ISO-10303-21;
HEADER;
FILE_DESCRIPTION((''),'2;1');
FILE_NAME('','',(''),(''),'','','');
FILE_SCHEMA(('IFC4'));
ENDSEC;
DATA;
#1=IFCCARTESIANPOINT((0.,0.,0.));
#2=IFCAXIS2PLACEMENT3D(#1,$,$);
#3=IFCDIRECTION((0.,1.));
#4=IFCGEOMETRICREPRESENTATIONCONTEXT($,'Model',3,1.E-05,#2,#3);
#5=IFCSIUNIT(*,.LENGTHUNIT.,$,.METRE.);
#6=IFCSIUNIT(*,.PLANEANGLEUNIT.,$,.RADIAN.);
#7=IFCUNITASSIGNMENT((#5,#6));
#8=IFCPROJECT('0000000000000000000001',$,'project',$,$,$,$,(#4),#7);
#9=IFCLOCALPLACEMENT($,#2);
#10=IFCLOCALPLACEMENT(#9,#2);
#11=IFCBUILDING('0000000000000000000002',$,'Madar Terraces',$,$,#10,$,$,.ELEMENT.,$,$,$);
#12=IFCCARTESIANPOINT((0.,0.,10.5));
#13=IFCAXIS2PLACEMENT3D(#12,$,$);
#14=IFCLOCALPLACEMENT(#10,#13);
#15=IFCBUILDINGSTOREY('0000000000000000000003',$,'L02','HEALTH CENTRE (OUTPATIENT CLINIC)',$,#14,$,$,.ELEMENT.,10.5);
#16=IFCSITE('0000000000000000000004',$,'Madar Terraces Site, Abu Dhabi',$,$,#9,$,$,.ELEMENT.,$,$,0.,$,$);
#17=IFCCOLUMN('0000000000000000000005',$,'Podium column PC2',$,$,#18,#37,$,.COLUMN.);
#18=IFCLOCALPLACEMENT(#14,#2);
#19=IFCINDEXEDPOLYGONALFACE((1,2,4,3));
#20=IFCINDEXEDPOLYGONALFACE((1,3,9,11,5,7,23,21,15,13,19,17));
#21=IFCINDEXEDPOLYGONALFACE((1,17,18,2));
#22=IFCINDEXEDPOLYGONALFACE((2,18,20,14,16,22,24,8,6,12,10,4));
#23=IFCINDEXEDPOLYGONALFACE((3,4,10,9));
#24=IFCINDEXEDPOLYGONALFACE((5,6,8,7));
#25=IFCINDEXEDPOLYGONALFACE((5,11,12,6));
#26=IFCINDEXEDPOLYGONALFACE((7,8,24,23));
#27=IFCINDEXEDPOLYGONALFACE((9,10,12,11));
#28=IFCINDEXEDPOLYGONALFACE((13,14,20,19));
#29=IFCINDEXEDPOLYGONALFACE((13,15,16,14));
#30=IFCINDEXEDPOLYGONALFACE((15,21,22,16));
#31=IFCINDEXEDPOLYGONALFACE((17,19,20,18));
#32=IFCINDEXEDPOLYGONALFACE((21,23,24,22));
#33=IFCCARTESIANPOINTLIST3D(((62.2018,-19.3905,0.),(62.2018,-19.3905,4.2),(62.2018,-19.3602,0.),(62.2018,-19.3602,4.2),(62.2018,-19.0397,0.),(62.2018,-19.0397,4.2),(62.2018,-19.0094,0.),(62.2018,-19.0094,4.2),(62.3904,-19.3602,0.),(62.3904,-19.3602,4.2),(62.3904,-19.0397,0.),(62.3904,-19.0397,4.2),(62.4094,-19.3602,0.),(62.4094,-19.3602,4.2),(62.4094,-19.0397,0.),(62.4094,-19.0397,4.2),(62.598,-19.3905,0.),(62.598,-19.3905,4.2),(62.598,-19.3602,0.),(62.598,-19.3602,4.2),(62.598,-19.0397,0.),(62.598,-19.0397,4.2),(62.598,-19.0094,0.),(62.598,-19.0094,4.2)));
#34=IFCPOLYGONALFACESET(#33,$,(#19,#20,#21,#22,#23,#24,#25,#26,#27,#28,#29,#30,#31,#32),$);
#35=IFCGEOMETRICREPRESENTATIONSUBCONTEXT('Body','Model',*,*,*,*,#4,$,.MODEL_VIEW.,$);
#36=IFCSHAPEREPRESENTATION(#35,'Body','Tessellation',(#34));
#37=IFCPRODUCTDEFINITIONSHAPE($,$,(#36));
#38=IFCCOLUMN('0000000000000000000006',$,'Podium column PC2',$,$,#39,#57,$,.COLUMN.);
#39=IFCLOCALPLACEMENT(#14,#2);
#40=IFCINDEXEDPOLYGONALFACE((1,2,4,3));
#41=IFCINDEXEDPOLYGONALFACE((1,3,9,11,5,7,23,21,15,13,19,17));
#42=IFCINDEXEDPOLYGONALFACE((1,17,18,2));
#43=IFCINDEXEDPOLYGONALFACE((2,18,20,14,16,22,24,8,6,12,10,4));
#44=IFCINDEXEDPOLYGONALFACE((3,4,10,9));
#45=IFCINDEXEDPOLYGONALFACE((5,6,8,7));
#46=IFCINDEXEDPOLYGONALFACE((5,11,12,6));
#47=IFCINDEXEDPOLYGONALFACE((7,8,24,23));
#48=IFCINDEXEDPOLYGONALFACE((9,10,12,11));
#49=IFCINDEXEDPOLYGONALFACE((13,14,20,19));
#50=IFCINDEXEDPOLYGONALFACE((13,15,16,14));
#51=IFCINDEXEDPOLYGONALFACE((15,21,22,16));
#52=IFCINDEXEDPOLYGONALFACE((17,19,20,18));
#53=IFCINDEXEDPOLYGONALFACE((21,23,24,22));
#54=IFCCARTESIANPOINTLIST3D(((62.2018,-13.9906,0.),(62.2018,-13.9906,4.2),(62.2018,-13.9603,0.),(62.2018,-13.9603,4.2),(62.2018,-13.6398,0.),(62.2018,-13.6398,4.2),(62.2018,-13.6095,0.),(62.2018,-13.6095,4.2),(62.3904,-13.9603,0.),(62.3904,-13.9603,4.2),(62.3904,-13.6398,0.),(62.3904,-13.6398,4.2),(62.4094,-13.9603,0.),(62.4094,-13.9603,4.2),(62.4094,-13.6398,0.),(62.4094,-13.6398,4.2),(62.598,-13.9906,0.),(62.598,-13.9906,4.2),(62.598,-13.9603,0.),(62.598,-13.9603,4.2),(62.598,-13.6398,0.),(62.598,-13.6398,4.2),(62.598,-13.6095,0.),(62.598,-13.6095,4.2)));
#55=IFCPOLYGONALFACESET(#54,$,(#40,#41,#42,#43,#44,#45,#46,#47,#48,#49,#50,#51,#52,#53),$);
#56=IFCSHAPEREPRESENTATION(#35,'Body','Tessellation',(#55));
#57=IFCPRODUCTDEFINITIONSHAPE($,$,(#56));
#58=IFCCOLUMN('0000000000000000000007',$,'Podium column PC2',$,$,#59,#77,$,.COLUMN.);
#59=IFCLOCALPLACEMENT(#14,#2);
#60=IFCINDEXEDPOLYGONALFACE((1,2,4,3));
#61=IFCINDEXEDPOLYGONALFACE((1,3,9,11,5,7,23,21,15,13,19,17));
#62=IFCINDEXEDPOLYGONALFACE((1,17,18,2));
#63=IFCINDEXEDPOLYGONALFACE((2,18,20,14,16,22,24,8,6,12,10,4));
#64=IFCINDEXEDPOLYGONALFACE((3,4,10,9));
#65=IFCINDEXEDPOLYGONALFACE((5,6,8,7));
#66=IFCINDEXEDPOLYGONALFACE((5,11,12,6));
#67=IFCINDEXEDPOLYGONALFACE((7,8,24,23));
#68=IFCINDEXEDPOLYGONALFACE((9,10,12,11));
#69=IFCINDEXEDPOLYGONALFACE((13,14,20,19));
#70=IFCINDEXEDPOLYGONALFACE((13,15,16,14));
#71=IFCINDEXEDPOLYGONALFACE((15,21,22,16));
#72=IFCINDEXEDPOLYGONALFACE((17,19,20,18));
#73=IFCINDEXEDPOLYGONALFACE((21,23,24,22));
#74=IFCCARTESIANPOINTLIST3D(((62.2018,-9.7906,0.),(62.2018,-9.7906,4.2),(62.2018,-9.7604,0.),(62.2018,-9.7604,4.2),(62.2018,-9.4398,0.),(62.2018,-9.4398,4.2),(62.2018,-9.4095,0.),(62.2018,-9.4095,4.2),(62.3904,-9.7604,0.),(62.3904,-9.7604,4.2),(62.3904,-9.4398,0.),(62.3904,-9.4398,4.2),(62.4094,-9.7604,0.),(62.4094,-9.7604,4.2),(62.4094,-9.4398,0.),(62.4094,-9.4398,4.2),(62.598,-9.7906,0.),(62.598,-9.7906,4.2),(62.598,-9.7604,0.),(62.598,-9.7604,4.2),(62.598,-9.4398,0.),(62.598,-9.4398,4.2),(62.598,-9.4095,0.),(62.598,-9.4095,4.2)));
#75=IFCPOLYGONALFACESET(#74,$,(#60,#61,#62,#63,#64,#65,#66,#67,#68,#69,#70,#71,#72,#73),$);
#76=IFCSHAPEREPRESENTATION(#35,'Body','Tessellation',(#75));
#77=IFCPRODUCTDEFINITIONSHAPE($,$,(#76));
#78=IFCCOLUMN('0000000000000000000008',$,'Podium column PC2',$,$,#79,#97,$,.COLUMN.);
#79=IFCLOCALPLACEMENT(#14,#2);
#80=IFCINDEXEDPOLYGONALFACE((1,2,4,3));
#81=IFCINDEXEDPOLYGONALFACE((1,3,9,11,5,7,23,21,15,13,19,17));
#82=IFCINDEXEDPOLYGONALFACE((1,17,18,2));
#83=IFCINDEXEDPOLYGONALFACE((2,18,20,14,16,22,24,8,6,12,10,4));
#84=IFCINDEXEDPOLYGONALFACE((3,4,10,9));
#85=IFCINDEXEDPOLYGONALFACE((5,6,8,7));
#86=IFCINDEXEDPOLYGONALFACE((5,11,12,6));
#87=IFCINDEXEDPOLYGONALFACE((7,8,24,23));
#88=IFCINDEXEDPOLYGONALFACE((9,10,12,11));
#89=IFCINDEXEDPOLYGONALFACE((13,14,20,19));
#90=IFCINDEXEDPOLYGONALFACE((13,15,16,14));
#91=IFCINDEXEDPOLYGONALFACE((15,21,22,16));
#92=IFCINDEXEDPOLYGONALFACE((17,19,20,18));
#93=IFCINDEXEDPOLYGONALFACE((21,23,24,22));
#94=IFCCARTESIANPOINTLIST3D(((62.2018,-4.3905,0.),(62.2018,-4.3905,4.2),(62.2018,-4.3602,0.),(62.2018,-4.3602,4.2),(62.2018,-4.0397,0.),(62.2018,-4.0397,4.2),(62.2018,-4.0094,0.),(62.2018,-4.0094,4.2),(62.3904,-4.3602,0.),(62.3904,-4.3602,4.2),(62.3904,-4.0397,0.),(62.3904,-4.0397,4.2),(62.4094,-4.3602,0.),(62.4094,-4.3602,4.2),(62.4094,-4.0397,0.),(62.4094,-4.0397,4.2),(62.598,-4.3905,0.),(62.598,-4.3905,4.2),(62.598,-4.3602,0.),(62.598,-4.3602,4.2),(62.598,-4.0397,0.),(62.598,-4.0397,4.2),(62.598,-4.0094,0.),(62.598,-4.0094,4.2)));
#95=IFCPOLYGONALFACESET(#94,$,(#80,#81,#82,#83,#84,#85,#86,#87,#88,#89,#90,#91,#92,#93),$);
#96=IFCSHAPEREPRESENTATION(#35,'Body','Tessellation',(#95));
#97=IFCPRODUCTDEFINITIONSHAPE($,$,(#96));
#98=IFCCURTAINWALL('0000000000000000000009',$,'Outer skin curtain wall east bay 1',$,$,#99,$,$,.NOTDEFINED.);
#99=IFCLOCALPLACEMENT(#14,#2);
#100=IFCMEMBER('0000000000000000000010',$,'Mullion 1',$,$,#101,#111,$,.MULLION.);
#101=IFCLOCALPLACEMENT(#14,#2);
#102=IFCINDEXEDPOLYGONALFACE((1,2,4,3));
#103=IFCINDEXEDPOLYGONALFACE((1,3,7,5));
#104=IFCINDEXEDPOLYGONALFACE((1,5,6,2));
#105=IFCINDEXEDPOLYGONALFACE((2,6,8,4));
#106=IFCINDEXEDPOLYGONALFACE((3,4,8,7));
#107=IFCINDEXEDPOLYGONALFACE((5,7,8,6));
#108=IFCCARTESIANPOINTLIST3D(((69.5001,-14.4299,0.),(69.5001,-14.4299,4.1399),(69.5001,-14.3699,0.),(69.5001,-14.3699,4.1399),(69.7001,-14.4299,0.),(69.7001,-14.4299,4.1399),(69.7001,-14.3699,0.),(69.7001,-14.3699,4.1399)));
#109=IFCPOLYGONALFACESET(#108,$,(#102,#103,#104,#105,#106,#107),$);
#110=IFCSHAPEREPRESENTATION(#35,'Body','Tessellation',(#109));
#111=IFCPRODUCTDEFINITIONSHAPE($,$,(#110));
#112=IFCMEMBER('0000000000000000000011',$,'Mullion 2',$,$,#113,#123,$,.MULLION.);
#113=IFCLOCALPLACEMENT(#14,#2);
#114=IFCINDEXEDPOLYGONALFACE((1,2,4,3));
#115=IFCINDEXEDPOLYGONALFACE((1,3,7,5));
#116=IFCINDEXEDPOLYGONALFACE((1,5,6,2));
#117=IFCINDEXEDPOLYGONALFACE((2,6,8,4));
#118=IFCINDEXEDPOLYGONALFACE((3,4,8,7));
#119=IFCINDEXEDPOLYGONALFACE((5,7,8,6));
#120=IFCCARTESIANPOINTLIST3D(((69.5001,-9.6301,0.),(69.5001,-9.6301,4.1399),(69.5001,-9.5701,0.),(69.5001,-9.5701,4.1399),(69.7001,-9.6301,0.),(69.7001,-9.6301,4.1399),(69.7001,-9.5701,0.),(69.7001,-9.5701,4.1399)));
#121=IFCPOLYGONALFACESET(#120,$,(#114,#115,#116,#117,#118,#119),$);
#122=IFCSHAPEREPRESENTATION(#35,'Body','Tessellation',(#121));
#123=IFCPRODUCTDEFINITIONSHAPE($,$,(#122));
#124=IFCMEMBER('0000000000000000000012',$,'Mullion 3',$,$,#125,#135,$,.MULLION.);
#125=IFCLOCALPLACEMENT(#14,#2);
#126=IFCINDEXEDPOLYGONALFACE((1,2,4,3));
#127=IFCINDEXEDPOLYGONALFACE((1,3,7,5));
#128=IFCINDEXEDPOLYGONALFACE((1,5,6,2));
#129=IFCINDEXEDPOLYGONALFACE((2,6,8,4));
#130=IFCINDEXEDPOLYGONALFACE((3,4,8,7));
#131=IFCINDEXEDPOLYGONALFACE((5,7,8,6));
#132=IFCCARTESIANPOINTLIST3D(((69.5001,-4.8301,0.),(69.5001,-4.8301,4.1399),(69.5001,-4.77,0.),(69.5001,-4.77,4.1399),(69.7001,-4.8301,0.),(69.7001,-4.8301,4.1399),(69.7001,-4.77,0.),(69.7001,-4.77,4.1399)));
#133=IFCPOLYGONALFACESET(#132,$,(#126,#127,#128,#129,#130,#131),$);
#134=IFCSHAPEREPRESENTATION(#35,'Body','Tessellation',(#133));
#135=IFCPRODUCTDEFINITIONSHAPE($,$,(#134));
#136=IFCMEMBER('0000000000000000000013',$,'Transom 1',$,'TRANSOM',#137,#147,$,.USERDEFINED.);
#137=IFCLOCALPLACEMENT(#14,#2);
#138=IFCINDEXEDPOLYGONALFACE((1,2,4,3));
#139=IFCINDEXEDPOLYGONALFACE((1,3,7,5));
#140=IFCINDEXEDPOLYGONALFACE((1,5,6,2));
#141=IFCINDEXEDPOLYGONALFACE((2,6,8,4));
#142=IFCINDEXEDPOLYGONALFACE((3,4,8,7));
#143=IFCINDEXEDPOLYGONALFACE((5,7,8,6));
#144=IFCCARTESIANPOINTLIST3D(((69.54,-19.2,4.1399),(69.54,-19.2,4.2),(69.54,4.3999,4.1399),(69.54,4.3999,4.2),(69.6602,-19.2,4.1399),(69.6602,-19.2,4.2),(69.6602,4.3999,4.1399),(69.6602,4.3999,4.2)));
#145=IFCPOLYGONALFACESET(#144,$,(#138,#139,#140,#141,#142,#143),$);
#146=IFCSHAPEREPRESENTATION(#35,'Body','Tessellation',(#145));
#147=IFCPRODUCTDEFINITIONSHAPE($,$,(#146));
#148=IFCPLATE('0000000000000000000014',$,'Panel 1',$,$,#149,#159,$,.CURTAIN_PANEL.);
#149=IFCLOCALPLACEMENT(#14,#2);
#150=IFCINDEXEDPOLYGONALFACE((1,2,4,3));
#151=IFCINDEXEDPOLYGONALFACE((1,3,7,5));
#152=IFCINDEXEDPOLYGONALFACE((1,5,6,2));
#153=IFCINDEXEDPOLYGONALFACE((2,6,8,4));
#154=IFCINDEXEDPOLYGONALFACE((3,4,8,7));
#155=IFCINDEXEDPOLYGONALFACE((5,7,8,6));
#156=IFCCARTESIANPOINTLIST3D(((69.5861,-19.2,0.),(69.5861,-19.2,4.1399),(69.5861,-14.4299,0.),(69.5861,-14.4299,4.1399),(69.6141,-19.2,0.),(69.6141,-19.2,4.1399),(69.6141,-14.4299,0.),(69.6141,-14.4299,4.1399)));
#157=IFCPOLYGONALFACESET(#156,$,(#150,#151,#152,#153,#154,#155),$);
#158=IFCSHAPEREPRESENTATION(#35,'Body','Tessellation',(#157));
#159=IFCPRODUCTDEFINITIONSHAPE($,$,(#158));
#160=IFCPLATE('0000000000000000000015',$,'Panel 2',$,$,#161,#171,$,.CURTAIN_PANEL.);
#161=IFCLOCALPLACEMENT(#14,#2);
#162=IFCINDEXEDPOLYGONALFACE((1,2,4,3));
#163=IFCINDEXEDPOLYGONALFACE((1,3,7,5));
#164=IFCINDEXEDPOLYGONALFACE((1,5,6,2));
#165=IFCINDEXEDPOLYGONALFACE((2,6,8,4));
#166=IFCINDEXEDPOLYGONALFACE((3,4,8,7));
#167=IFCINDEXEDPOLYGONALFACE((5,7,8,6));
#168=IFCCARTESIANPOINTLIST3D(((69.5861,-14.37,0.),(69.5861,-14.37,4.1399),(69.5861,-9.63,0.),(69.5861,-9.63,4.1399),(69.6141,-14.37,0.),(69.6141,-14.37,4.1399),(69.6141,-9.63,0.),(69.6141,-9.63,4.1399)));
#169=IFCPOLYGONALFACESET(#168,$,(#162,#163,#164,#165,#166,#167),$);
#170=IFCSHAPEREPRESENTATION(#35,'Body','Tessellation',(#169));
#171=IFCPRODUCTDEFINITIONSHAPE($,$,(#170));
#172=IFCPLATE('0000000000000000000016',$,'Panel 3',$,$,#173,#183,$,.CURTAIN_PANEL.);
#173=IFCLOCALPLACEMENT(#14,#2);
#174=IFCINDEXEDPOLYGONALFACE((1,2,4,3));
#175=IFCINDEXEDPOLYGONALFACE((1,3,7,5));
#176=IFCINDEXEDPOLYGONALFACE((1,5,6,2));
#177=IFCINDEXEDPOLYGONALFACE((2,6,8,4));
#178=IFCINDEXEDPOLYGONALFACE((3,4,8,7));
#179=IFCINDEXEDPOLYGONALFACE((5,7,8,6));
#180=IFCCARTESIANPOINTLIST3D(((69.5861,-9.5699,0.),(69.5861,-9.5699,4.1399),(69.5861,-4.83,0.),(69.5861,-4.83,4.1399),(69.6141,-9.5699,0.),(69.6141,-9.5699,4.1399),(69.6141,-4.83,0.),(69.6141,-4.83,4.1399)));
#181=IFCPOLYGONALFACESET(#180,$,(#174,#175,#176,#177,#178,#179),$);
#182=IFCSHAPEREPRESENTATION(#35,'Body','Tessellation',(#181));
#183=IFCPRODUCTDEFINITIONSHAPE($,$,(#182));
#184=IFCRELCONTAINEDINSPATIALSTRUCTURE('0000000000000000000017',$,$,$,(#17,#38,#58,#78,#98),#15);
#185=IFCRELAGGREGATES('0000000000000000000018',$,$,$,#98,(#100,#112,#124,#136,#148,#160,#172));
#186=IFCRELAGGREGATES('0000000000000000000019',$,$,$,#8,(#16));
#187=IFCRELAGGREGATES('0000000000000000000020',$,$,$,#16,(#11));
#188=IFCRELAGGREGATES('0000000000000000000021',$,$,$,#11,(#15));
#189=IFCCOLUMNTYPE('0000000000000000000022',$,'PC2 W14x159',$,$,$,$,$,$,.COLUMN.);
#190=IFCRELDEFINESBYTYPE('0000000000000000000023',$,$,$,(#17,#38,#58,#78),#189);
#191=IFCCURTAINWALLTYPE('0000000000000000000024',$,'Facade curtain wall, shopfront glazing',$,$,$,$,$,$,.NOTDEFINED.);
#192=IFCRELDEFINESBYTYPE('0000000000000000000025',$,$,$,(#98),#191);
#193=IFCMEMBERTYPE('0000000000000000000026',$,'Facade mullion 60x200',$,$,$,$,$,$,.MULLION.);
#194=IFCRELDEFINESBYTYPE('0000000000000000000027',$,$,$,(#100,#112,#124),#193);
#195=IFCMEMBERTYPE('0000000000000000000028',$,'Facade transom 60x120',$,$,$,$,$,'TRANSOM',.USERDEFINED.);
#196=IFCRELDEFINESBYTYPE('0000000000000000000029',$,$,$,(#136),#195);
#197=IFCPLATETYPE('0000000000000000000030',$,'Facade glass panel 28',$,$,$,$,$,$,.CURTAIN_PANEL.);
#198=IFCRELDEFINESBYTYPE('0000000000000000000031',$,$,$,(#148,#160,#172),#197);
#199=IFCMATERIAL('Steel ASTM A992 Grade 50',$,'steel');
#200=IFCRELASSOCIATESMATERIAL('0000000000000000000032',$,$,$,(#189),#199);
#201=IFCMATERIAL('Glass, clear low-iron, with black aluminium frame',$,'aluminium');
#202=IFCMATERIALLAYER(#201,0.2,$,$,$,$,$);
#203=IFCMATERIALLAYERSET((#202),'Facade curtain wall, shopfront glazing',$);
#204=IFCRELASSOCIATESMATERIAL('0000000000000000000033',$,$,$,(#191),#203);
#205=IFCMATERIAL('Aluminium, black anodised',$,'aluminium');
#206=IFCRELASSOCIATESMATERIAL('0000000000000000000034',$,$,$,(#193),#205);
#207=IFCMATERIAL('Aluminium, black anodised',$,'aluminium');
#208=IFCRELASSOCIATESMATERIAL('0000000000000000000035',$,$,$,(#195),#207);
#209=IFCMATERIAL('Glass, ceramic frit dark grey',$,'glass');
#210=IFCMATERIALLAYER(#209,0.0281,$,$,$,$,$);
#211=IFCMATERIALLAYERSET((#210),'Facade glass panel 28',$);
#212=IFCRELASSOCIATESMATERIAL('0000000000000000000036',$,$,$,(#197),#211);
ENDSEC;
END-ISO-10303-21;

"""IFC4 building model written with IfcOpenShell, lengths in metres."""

from ifc_helpers import new_model, si_unit, direction, frame, origin, origin_2d, place, context, subcontext, project, spatial, rectangle, i_section, extrude, material, layer, layer_set, material_profile, profile_set, type_object, element, aggregate, save


model = new_model("IFC4")

# Units and contexts
model_context = context("Model", 3, precision=1e-05, world=origin(), true_north=direction((0.0, 1.0)))
body_context = subcontext(model_context, "Body", "Model", "MODEL_VIEW")
ifc_project = project(units=[si_unit("LENGTHUNIT", "METRE"), si_unit("PLANEANGLEUNIT", "RADIAN")], contexts=[model_context])

# Site, building, storey
site_placement = place(None, origin())
site = spatial("IfcSite", under=ifc_project, at=site_placement, Name="Madar Terraces Site, Abu Dhabi", CompositionType="ELEMENT", RefElevation=0.0)
building_placement = place(site_placement, origin())
building = spatial("IfcBuilding", under=site, at=building_placement, Name="Madar Terraces", CompositionType="ELEMENT")
storey_placement = place(building_placement, frame((0.0, 0.0, 10.5)))
storey = spatial("IfcBuildingStorey", under=building, at=storey_placement, Name="L02", Description="HEALTH CENTRE (OUTPATIENT CLINIC)", CompositionType="ELEMENT", Elevation=10.5)

# Columns
ifc_material_1 = material(Name="Steel ASTM A992 Grade 50", Category="steel")
ifc_material_profile_1 = material_profile(ifc_material_1, i_section(OverallWidth=0.3962, OverallDepth=0.3811, WebThickness=0.019, FlangeThickness=0.0303, at=origin_2d()), Name="W14x159")
ifc_profile_set_1 = profile_set([ifc_material_profile_1], Name="Steel ASTM A992 Grade 50")
column_type = type_object("IfcColumnType", Name="PC2 W14x159", PredefinedType="COLUMN", material=ifc_profile_set_1)
for number, where, z_axis, x_axis, name in (
    (1, (62.3999, -19.2, 0.0), (0.0, 0.0, 1.0), (1.0, 0.0, 0.0), "Podium column PC2"),
    (2, (62.3999, -13.8, 0.0), (0.0, 0.0, 1.0), (1.0, 0.0, 0.0), "Podium column PC2"),
    (3, (62.3999, -9.6001, 0.0), (0.0, 0.0, 1.0), (1.0, 0.0, 0.0), "Podium column PC2"),
    (4, (62.3999, -4.2, 0.0), (0.0, 0.0, 1.0), (1.0, 0.0, 0.0), "Podium column PC2"),
):
    element("IfcColumn", number, at=place(storey_placement, frame(where, z_axis=z_axis, x_axis=x_axis)), inside=storey, type_object=column_type, Name=name, PredefinedType="COLUMN", context=body_context, shape_type="SweptSolid", body=[
        extrude(i_section(OverallWidth=0.3962, OverallDepth=0.3811, WebThickness=0.019, FlangeThickness=0.0303, at=origin_2d()), origin(), (0.0, 0.0, 1.0), 4.2),
    ])

# Curtain wall, members, plates
ifc_material_2 = material(Name="Glass, clear low-iron, with black aluminium frame", Category="aluminium")
ifc_layer_1 = layer(ifc_material_2, 0.2)
ifc_layer_set_1 = layer_set([ifc_layer_1], Name="Facade curtain wall, shopfront glazing")
curtain_wall_type = type_object("IfcCurtainWallType", Name="Facade curtain wall, shopfront glazing", PredefinedType="NOTDEFINED", material=ifc_layer_set_1)
curtain_wall_placement = place(storey_placement, origin())
curtain_wall = element("IfcCurtainWall", 5, at=curtain_wall_placement, inside=storey, type_object=curtain_wall_type, Name="Outer skin curtain wall east bay 1", PredefinedType="NOTDEFINED")
ifc_material_3 = material(Name="Aluminium, black anodised", Category="aluminium")
ifc_material_profile_2 = material_profile(ifc_material_3, rectangle(XDim=0.2, YDim=0.0601, at=origin_2d()), Name="Facade mullion 60x200")
ifc_profile_set_2 = profile_set([ifc_material_profile_2], Name="Aluminium, black anodised")
member_type_1 = type_object("IfcMemberType", Name="Facade mullion 60x200", PredefinedType="MULLION", material=ifc_profile_set_2)
member_1_placement = place(storey_placement, frame((69.6001, -14.3999, 0.0), z_axis=(0.0, 0.0, 1.0), x_axis=(-1.0, 0.0, 0.0)))
member_1 = element("IfcMember", 6, at=member_1_placement, type_object=member_type_1, Name="Mullion 1", PredefinedType="MULLION", context=body_context, shape_type="SweptSolid", body=[
    extrude(rectangle(XDim=0.2, YDim=0.0601, at=origin_2d()), origin(), (0.0, 0.0, 1.0), 4.1399),
])
member_2_placement = place(storey_placement, frame((69.6001, -9.6001, 0.0), z_axis=(0.0, 0.0, 1.0), x_axis=(-1.0, 0.0, 0.0)))
member_2 = element("IfcMember", 7, at=member_2_placement, type_object=member_type_1, Name="Mullion 2", PredefinedType="MULLION", context=body_context, shape_type="SweptSolid", body=[
    extrude(rectangle(XDim=0.2, YDim=0.0601, at=origin_2d()), origin(), (0.0, 0.0, 1.0), 4.1399),
])
member_3_placement = place(storey_placement, frame((69.6001, -4.8, 0.0), z_axis=(0.0, 0.0, 1.0), x_axis=(-1.0, 0.0, 0.0)))
member_3 = element("IfcMember", 8, at=member_3_placement, type_object=member_type_1, Name="Mullion 3", PredefinedType="MULLION", context=body_context, shape_type="SweptSolid", body=[
    extrude(rectangle(XDim=0.2, YDim=0.0601, at=origin_2d()), origin(), (0.0, 0.0, 1.0), 4.1399),
])
ifc_material_4 = material(Name="Aluminium, black anodised", Category="aluminium")
ifc_material_profile_3 = material_profile(ifc_material_4, rectangle(XDim=0.1201, YDim=0.0601, at=origin_2d()), Name="Facade transom 60x120")
ifc_profile_set_3 = profile_set([ifc_material_profile_3], Name="Aluminium, black anodised")
member_type_2 = type_object("IfcMemberType", Name="Facade transom 60x120", ElementType="TRANSOM", PredefinedType="USERDEFINED", material=ifc_profile_set_3)
member_4_placement = place(storey_placement, frame((69.6001, -19.2, 4.1699), z_axis=(0.0, 1.0, 0.0), x_axis=(-1.0, 0.0, 0.0)))
member_4 = element("IfcMember", 9, at=member_4_placement, type_object=member_type_2, Name="Transom 1", ObjectType="TRANSOM", PredefinedType="USERDEFINED", context=body_context, shape_type="SweptSolid", body=[
    extrude(rectangle(XDim=0.1201, YDim=0.0601, at=origin_2d()), origin(), (0.0, 0.0, 1.0), 23.5999),
])
ifc_material_5 = material(Name="Glass, ceramic frit dark grey", Category="glass")
ifc_layer_2 = layer(ifc_material_5, 0.0281)
ifc_layer_set_2 = layer_set([ifc_layer_2], Name="Facade glass panel 28")
plate_type = type_object("IfcPlateType", Name="Facade glass panel 28", PredefinedType="CURTAIN_PANEL", material=ifc_layer_set_2)
plate_1_placement = place(storey_placement, frame((69.6001, -16.8149, 0.0), z_axis=(0.0, 0.0, 1.0), x_axis=(0.0, 1.0, 0.0)))
plate_1 = element("IfcPlate", 10, at=plate_1_placement, type_object=plate_type, Name="Panel 1", PredefinedType="CURTAIN_PANEL", context=body_context, shape_type="SweptSolid", body=[
    extrude(rectangle(XDim=4.77, YDim=0.0281, at=origin_2d()), origin(), (0.0, 0.0, 1.0), 4.1399),
])
plate_2_placement = place(storey_placement, frame((69.6001, -12.0, 0.0), z_axis=(0.0, 0.0, 1.0), x_axis=(0.0, 1.0, 0.0)))
plate_2 = element("IfcPlate", 11, at=plate_2_placement, type_object=plate_type, Name="Panel 2", PredefinedType="CURTAIN_PANEL", context=body_context, shape_type="SweptSolid", body=[
    extrude(rectangle(XDim=4.74, YDim=0.0281, at=origin_2d()), origin(), (0.0, 0.0, 1.0), 4.1399),
])
plate_3_placement = place(storey_placement, frame((69.6001, -7.2, 0.0), z_axis=(0.0, 0.0, 1.0), x_axis=(0.0, 1.0, 0.0)))
plate_3 = element("IfcPlate", 12, at=plate_3_placement, type_object=plate_type, Name="Panel 3", PredefinedType="CURTAIN_PANEL", context=body_context, shape_type="SweptSolid", body=[
    extrude(rectangle(XDim=4.74, YDim=0.0281, at=origin_2d()), origin(), (0.0, 0.0, 1.0), 4.1399),
])
aggregate(curtain_wall, [member_1, member_2, member_3, member_4, plate_1, plate_2, plate_3])

save(model, "model.ifc")
